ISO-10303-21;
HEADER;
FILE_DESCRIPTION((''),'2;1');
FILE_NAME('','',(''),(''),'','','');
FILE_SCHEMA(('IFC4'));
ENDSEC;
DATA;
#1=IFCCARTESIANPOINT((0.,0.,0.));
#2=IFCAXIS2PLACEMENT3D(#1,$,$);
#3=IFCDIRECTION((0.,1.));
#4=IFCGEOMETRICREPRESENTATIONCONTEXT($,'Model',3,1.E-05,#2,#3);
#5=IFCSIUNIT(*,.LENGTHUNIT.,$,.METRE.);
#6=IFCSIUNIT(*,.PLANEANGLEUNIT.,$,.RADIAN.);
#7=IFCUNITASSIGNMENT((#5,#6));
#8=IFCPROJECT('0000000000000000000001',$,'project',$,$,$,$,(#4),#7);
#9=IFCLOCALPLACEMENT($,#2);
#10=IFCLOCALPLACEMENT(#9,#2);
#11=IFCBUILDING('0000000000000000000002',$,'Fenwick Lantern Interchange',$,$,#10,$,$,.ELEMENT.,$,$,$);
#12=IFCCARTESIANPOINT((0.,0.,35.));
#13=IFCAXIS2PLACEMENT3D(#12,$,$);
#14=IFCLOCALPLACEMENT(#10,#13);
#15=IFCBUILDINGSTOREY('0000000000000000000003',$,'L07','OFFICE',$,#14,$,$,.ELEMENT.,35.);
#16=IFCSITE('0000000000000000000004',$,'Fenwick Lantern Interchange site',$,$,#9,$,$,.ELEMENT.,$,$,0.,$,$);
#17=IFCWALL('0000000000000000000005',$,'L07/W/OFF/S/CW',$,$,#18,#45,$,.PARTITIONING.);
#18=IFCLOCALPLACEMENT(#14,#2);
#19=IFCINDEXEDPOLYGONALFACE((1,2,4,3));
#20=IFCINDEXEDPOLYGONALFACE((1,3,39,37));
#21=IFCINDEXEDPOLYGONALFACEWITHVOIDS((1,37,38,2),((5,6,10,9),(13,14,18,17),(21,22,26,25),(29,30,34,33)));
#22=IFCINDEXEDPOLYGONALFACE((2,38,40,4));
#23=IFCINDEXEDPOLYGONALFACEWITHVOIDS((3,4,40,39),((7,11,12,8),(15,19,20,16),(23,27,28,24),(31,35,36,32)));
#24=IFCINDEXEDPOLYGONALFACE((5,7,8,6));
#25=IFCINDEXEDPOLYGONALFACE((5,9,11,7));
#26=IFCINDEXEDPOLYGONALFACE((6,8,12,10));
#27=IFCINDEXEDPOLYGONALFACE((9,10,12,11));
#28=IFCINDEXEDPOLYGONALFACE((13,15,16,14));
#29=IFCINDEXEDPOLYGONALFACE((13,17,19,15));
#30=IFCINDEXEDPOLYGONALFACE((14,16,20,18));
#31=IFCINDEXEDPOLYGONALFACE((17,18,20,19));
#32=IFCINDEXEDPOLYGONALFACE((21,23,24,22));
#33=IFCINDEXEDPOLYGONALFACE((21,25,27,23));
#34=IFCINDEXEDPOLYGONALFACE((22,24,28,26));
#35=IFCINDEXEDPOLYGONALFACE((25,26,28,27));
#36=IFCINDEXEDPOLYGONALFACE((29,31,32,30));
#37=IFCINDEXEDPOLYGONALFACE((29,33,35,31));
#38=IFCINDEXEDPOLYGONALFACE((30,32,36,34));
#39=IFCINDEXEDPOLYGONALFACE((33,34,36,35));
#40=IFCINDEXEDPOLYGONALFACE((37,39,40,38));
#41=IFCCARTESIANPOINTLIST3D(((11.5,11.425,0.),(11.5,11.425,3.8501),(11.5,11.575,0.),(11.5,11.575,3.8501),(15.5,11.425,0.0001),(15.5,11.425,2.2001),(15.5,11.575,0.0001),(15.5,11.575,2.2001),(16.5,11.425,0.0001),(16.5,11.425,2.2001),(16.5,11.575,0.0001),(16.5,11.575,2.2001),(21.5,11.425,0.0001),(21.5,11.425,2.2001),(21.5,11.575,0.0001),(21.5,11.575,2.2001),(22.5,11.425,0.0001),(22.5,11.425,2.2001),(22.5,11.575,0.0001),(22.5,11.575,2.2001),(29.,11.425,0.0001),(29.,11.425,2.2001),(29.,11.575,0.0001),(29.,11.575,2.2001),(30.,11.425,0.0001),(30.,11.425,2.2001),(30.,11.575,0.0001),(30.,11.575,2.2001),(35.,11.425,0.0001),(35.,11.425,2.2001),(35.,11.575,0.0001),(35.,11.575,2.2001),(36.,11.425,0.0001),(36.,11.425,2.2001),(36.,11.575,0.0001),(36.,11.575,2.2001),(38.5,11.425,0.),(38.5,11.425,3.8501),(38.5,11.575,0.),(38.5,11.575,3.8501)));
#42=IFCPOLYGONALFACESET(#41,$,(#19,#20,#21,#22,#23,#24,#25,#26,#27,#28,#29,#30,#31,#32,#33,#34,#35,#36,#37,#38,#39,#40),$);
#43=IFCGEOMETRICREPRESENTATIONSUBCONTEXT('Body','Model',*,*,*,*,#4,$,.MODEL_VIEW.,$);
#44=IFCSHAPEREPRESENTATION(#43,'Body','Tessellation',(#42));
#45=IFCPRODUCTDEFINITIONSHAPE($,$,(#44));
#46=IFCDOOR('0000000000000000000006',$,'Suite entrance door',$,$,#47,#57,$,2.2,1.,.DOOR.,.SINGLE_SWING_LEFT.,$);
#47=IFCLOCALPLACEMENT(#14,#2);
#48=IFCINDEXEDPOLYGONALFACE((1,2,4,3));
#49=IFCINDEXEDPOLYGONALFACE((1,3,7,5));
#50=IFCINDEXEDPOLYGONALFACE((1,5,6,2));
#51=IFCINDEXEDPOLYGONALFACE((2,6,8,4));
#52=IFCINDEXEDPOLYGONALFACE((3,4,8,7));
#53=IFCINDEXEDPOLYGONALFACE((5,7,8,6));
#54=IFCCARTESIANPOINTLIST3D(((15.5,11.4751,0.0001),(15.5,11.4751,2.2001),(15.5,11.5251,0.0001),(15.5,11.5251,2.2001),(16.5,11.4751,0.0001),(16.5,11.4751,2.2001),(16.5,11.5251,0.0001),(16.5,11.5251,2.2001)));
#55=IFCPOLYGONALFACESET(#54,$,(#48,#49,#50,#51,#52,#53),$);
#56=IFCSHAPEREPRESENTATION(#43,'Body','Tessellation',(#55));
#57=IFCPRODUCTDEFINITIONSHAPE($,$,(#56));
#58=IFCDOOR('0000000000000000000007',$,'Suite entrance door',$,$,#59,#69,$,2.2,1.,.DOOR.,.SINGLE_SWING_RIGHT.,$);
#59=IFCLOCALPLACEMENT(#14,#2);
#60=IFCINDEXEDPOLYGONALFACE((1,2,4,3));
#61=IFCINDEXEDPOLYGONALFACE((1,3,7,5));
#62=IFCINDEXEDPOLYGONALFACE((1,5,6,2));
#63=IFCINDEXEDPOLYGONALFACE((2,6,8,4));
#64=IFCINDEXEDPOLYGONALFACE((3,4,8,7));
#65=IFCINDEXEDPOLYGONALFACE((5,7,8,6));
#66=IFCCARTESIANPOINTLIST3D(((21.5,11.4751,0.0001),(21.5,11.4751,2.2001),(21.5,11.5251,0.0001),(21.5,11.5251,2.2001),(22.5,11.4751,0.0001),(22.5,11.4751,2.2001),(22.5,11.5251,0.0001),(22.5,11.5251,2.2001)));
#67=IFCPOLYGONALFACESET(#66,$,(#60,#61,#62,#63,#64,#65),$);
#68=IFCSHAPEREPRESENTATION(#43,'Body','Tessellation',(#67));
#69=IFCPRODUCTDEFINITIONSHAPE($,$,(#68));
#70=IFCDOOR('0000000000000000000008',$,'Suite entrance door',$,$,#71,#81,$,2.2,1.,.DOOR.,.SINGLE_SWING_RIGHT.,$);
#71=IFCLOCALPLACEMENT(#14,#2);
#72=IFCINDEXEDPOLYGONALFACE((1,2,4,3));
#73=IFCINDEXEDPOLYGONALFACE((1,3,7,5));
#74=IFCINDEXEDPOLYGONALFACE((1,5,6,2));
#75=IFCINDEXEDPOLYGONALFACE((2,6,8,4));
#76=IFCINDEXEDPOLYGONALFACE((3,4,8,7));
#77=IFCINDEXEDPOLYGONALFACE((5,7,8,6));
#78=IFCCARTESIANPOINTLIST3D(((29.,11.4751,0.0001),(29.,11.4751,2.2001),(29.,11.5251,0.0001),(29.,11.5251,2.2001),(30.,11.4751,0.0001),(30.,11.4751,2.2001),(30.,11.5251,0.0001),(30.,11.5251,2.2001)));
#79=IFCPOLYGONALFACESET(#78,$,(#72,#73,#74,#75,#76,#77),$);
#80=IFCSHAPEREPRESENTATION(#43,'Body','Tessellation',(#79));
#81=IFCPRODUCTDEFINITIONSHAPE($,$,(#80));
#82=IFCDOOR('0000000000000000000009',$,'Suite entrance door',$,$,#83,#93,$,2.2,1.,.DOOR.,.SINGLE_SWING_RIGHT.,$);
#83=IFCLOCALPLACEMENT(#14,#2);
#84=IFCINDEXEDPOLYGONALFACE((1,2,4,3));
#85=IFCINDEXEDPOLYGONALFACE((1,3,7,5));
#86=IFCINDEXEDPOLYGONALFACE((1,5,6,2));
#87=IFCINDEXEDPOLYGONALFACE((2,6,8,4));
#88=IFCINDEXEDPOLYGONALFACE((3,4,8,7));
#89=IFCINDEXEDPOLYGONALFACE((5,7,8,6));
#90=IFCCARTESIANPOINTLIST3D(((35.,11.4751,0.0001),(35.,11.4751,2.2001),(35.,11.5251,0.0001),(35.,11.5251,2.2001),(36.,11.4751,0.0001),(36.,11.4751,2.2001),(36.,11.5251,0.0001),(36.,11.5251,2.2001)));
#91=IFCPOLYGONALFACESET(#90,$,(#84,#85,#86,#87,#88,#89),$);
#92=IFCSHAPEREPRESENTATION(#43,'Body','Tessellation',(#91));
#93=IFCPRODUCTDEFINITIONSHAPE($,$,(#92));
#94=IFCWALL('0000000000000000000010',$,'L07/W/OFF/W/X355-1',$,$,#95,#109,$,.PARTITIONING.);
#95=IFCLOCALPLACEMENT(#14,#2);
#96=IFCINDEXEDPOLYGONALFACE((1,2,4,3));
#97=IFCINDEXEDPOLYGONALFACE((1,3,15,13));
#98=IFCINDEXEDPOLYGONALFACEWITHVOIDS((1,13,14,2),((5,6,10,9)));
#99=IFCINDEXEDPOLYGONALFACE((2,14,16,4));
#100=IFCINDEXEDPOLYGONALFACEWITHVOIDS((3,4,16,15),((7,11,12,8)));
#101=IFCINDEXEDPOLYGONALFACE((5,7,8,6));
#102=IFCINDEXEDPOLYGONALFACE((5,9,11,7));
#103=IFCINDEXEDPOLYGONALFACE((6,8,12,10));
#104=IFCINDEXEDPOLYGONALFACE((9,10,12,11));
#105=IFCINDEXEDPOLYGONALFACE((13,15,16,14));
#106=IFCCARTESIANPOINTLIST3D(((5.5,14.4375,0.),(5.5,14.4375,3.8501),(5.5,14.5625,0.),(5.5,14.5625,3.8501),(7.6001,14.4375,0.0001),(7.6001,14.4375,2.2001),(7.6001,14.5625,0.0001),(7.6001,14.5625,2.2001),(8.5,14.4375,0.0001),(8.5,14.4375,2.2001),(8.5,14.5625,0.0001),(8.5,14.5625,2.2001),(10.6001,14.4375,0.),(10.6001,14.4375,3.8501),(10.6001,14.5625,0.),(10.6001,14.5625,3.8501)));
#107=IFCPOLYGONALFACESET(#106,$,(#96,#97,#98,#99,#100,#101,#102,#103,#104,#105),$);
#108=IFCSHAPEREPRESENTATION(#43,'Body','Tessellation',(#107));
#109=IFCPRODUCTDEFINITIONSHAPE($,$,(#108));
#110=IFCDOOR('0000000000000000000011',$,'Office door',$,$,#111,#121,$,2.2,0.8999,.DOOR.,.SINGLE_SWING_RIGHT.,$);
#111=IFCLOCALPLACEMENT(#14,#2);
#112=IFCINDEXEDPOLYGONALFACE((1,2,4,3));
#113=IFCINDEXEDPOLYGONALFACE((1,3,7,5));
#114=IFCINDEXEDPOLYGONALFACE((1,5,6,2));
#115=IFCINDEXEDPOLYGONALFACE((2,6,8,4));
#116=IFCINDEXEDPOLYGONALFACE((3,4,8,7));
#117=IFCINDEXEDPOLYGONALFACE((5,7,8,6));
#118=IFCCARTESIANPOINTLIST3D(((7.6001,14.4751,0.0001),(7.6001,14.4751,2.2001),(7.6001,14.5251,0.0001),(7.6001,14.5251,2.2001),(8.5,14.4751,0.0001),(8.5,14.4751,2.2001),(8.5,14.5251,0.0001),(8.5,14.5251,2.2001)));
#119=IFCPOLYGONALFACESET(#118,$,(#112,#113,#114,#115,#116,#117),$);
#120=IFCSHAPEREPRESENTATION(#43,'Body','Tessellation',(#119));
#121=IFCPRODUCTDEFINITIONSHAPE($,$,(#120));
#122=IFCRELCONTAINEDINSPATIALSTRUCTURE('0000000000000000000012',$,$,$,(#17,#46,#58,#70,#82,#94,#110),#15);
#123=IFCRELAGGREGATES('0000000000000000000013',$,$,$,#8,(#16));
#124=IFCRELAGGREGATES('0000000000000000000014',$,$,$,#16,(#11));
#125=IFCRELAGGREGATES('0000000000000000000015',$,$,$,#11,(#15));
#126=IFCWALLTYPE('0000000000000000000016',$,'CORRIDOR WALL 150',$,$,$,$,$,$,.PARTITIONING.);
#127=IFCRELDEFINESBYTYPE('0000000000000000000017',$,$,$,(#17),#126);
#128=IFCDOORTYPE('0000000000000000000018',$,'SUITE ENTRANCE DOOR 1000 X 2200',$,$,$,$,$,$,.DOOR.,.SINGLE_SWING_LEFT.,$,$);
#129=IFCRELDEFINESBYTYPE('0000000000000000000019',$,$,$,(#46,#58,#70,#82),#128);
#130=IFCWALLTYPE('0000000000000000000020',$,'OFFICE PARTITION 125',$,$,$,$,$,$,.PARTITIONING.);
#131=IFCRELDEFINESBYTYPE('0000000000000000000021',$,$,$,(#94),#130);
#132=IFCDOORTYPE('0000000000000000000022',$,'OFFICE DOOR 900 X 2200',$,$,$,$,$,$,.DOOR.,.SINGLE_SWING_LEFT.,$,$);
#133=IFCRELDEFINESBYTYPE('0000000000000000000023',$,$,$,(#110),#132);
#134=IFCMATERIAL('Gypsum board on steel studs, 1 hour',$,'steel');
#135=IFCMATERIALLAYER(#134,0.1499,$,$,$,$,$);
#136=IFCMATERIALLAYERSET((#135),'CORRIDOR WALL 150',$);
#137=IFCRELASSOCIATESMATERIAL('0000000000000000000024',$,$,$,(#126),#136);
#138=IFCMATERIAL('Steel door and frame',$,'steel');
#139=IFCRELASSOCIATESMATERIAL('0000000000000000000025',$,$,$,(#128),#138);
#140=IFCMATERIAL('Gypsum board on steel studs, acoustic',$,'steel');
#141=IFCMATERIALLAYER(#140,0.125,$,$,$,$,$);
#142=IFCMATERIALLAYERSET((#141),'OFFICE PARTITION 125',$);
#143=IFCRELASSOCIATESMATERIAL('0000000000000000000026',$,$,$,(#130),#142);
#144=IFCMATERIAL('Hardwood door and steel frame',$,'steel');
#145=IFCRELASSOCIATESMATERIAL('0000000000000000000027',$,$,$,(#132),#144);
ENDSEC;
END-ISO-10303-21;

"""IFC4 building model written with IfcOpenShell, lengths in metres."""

from ifc_helpers import new_model, si_unit, direction, frame, frame_2d, origin, place, context, subcontext, project, spatial, rectangle, extrude, material, layer, layer_set, type_object, element, fill, save


model = new_model("IFC4")

# Units and contexts
model_context = context("Model", 3, precision=1e-05, world=origin(), true_north=direction((0.0, 1.0)))
body_context = subcontext(model_context, "Body", "Model", "MODEL_VIEW")
ifc_project = project(units=[si_unit("LENGTHUNIT", "METRE"), si_unit("PLANEANGLEUNIT", "RADIAN")], contexts=[model_context])

# Site, building, storey
site_placement = place(None, origin())
site = spatial("IfcSite", under=ifc_project, at=site_placement, Name="Fenwick Lantern Interchange site", CompositionType="ELEMENT", RefElevation=0.0)
building_placement = place(site_placement, origin())
building = spatial("IfcBuilding", under=site, at=building_placement, Name="Fenwick Lantern Interchange", CompositionType="ELEMENT")
storey_placement = place(building_placement, frame((0.0, 0.0, 35.0)))
storey = spatial("IfcBuildingStorey", under=building, at=storey_placement, Name="L07", Description="OFFICE", CompositionType="ELEMENT", Elevation=35.0)

# Shared definitions
ifc_material_1 = material(Name="Steel door and frame", Category="steel")

# Wall, openings, doors
ifc_material_2 = material(Name="Hardwood door and steel frame", Category="steel")
ifc_material_3 = material(Name="Gypsum board on steel studs, 1 hour", Category="steel")
ifc_layer_1 = layer(ifc_material_3, 0.1499)
ifc_layer_set_1 = layer_set([ifc_layer_1], Name="CORRIDOR WALL 150")
wall_type_1 = type_object("IfcWallType", Name="CORRIDOR WALL 150", PredefinedType="PARTITIONING", material=ifc_layer_set_1)
wall_1_placement = place(storey_placement, frame((11.5, 11.5, 0.0), z_axis=(0.0, 0.0, 1.0), x_axis=(1.0, 0.0, 0.0)))
wall_1 = element("IfcWall", 1, at=wall_1_placement, inside=storey, type_object=wall_type_1, Name="L07/W/OFF/S/CW", PredefinedType="PARTITIONING", context=body_context, shape_type="SweptSolid", body=[
    extrude(rectangle(XDim=27.0, YDim=0.1499, at=frame_2d((13.5, 0.0))), origin(), (0.0, 0.0, 1.0), 3.8501),
])
opening_1_placement = place(wall_1_placement, frame((4.0, 0.0, 0.0)))
opening_1 = element("IfcOpeningElement", 2, at=opening_1_placement, cuts=wall_1, PredefinedType="OPENING", context=body_context, shape_type="SweptSolid", body=[
    extrude(rectangle(XDim=1.0, YDim=2.2, at=frame_2d((0.5, 1.1001))), frame((0.0, 0.085, 0.0), z_axis=(0.0, -1.0, 0.0), x_axis=(1.0, 0.0, 0.0)), (0.0, 0.0, 1.0), 0.1699),
])
opening_2_placement = place(wall_1_placement, frame((10.0, 0.0, 0.0)))
opening_2 = element("IfcOpeningElement", 3, at=opening_2_placement, cuts=wall_1, PredefinedType="OPENING", context=body_context, shape_type="SweptSolid", body=[
    extrude(rectangle(XDim=1.0, YDim=2.2, at=frame_2d((0.5, 1.1001))), frame((0.0, 0.085, 0.0), z_axis=(0.0, -1.0, 0.0), x_axis=(1.0, 0.0, 0.0)), (0.0, 0.0, 1.0), 0.1699),
])
opening_3_placement = place(wall_1_placement, frame((17.5, 0.0, 0.0)))
opening_3 = element("IfcOpeningElement", 4, at=opening_3_placement, cuts=wall_1, PredefinedType="OPENING", context=body_context, shape_type="SweptSolid", body=[
    extrude(rectangle(XDim=1.0, YDim=2.2, at=frame_2d((0.5, 1.1001))), frame((0.0, 0.085, 0.0), z_axis=(0.0, -1.0, 0.0), x_axis=(1.0, 0.0, 0.0)), (0.0, 0.0, 1.0), 0.1699),
])
opening_4_placement = place(wall_1_placement, frame((23.5, 0.0, 0.0)))
opening_4 = element("IfcOpeningElement", 5, at=opening_4_placement, cuts=wall_1, PredefinedType="OPENING", context=body_context, shape_type="SweptSolid", body=[
    extrude(rectangle(XDim=1.0, YDim=2.2, at=frame_2d((0.5, 1.1001))), frame((0.0, 0.085, 0.0), z_axis=(0.0, -1.0, 0.0), x_axis=(1.0, 0.0, 0.0)), (0.0, 0.0, 1.0), 0.1699),
])
door_type_1 = type_object("IfcDoorType", Name="SUITE ENTRANCE DOOR 1000 X 2200", OperationType="SINGLE_SWING_LEFT", PredefinedType="DOOR", material=ifc_material_1)
door_1_placement = place(opening_1_placement, frame((1.0, 0.0, 0.0), z_axis=(0.0, 0.0, 1.0), x_axis=(-1.0, 0.0, 0.0)))
door_1 = element("IfcDoor", 6, at=door_1_placement, inside=storey, type_object=door_type_1, Name="Suite entrance door", OperationType="SINGLE_SWING_LEFT", OverallHeight=2.2, OverallWidth=1.0, PredefinedType="DOOR", context=body_context, shape_type="SweptSolid", body=[
    extrude(rectangle(XDim=1.0, YDim=2.2, at=frame_2d((0.5, 1.1001))), frame((0.0, 0.0249, 0.0), z_axis=(0.0, -1.0, 0.0), x_axis=(1.0, 0.0, 0.0)), (0.0, 0.0, 1.0), 0.05),
])
fill(opening_1, door_1)
door_2_placement = place(opening_2_placement, frame((1.0, 0.0, 0.0), z_axis=(0.0, 0.0, 1.0), x_axis=(-1.0, 0.0, 0.0)))
door_2 = element("IfcDoor", 7, at=door_2_placement, inside=storey, type_object=door_type_1, Name="Suite entrance door", OperationType="SINGLE_SWING_RIGHT", OverallHeight=2.2, OverallWidth=1.0, PredefinedType="DOOR", context=body_context, shape_type="SweptSolid", body=[
    extrude(rectangle(XDim=1.0, YDim=2.2, at=frame_2d((0.5, 1.1001))), frame((0.0, 0.0249, 0.0), z_axis=(0.0, -1.0, 0.0), x_axis=(1.0, 0.0, 0.0)), (0.0, 0.0, 1.0), 0.05),
])
fill(opening_2, door_2)
door_3_placement = place(opening_3_placement, frame((1.0, 0.0, 0.0), z_axis=(0.0, 0.0, 1.0), x_axis=(-1.0, 0.0, 0.0)))
door_3 = element("IfcDoor", 8, at=door_3_placement, inside=storey, type_object=door_type_1, Name="Suite entrance door", OperationType="SINGLE_SWING_RIGHT", OverallHeight=2.2, OverallWidth=1.0, PredefinedType="DOOR", context=body_context, shape_type="SweptSolid", body=[
    extrude(rectangle(XDim=1.0, YDim=2.2, at=frame_2d((0.5, 1.1001))), frame((0.0, 0.0249, 0.0), z_axis=(0.0, -1.0, 0.0), x_axis=(1.0, 0.0, 0.0)), (0.0, 0.0, 1.0), 0.05),
])
fill(opening_3, door_3)
door_4_placement = place(opening_4_placement, frame((1.0, 0.0, 0.0), z_axis=(0.0, 0.0, 1.0), x_axis=(-1.0, 0.0, 0.0)))
door_4 = element("IfcDoor", 9, at=door_4_placement, inside=storey, type_object=door_type_1, Name="Suite entrance door", OperationType="SINGLE_SWING_RIGHT", OverallHeight=2.2, OverallWidth=1.0, PredefinedType="DOOR", context=body_context, shape_type="SweptSolid", body=[
    extrude(rectangle(XDim=1.0, YDim=2.2, at=frame_2d((0.5, 1.1001))), frame((0.0, 0.0249, 0.0), z_axis=(0.0, -1.0, 0.0), x_axis=(1.0, 0.0, 0.0)), (0.0, 0.0, 1.0), 0.05),
])
fill(opening_4, door_4)

# Wall, opening, door
ifc_material_4 = material(Name="Gypsum board on steel studs, acoustic", Category="steel")
ifc_layer_2 = layer(ifc_material_4, 0.125)
ifc_layer_set_2 = layer_set([ifc_layer_2], Name="OFFICE PARTITION 125")
wall_type_2 = type_object("IfcWallType", Name="OFFICE PARTITION 125", PredefinedType="PARTITIONING", material=ifc_layer_set_2)
wall_2_placement = place(storey_placement, frame((5.5, 14.5, 0.0), z_axis=(0.0, 0.0, 1.0), x_axis=(1.0, 0.0, 0.0)))
wall_2 = element("IfcWall", 10, at=wall_2_placement, inside=storey, type_object=wall_type_2, Name="L07/W/OFF/W/X355-1", PredefinedType="PARTITIONING", context=body_context, shape_type="SweptSolid", body=[
    extrude(rectangle(XDim=5.1001, YDim=0.125, at=frame_2d((2.55, 0.0))), origin(), (0.0, 0.0, 1.0), 3.8501),
])
opening_5_placement = place(wall_2_placement, frame((2.1001, 0.0, 0.0)))
opening_5 = element("IfcOpeningElement", 11, at=opening_5_placement, cuts=wall_2, PredefinedType="OPENING", context=body_context, shape_type="SweptSolid", body=[
    extrude(rectangle(XDim=0.8999, YDim=2.2, at=frame_2d((0.45, 1.1001))), frame((0.0, 0.0725, 0.0), z_axis=(0.0, -1.0, 0.0), x_axis=(1.0, 0.0, 0.0)), (0.0, 0.0, 1.0), 0.145),
])
door_type_2 = type_object("IfcDoorType", Name="OFFICE DOOR 900 X 2200", OperationType="SINGLE_SWING_LEFT", PredefinedType="DOOR", material=ifc_material_2)
door_5_placement = place(opening_5_placement, frame((0.8999, 0.0, 0.0), z_axis=(0.0, 0.0, 1.0), x_axis=(-1.0, 0.0, 0.0)))
door_5 = element("IfcDoor", 12, at=door_5_placement, inside=storey, type_object=door_type_2, Name="Office door", OperationType="SINGLE_SWING_RIGHT", OverallHeight=2.2, OverallWidth=0.8999, PredefinedType="DOOR", context=body_context, shape_type="SweptSolid", body=[
    extrude(rectangle(XDim=0.8999, YDim=2.2, at=frame_2d((0.45, 1.1001))), frame((0.0, 0.0249, 0.0), z_axis=(0.0, -1.0, 0.0), x_axis=(1.0, 0.0, 0.0)), (0.0, 0.0, 1.0), 0.05),
])
fill(opening_5, door_5)

save(model, "model.ifc")
